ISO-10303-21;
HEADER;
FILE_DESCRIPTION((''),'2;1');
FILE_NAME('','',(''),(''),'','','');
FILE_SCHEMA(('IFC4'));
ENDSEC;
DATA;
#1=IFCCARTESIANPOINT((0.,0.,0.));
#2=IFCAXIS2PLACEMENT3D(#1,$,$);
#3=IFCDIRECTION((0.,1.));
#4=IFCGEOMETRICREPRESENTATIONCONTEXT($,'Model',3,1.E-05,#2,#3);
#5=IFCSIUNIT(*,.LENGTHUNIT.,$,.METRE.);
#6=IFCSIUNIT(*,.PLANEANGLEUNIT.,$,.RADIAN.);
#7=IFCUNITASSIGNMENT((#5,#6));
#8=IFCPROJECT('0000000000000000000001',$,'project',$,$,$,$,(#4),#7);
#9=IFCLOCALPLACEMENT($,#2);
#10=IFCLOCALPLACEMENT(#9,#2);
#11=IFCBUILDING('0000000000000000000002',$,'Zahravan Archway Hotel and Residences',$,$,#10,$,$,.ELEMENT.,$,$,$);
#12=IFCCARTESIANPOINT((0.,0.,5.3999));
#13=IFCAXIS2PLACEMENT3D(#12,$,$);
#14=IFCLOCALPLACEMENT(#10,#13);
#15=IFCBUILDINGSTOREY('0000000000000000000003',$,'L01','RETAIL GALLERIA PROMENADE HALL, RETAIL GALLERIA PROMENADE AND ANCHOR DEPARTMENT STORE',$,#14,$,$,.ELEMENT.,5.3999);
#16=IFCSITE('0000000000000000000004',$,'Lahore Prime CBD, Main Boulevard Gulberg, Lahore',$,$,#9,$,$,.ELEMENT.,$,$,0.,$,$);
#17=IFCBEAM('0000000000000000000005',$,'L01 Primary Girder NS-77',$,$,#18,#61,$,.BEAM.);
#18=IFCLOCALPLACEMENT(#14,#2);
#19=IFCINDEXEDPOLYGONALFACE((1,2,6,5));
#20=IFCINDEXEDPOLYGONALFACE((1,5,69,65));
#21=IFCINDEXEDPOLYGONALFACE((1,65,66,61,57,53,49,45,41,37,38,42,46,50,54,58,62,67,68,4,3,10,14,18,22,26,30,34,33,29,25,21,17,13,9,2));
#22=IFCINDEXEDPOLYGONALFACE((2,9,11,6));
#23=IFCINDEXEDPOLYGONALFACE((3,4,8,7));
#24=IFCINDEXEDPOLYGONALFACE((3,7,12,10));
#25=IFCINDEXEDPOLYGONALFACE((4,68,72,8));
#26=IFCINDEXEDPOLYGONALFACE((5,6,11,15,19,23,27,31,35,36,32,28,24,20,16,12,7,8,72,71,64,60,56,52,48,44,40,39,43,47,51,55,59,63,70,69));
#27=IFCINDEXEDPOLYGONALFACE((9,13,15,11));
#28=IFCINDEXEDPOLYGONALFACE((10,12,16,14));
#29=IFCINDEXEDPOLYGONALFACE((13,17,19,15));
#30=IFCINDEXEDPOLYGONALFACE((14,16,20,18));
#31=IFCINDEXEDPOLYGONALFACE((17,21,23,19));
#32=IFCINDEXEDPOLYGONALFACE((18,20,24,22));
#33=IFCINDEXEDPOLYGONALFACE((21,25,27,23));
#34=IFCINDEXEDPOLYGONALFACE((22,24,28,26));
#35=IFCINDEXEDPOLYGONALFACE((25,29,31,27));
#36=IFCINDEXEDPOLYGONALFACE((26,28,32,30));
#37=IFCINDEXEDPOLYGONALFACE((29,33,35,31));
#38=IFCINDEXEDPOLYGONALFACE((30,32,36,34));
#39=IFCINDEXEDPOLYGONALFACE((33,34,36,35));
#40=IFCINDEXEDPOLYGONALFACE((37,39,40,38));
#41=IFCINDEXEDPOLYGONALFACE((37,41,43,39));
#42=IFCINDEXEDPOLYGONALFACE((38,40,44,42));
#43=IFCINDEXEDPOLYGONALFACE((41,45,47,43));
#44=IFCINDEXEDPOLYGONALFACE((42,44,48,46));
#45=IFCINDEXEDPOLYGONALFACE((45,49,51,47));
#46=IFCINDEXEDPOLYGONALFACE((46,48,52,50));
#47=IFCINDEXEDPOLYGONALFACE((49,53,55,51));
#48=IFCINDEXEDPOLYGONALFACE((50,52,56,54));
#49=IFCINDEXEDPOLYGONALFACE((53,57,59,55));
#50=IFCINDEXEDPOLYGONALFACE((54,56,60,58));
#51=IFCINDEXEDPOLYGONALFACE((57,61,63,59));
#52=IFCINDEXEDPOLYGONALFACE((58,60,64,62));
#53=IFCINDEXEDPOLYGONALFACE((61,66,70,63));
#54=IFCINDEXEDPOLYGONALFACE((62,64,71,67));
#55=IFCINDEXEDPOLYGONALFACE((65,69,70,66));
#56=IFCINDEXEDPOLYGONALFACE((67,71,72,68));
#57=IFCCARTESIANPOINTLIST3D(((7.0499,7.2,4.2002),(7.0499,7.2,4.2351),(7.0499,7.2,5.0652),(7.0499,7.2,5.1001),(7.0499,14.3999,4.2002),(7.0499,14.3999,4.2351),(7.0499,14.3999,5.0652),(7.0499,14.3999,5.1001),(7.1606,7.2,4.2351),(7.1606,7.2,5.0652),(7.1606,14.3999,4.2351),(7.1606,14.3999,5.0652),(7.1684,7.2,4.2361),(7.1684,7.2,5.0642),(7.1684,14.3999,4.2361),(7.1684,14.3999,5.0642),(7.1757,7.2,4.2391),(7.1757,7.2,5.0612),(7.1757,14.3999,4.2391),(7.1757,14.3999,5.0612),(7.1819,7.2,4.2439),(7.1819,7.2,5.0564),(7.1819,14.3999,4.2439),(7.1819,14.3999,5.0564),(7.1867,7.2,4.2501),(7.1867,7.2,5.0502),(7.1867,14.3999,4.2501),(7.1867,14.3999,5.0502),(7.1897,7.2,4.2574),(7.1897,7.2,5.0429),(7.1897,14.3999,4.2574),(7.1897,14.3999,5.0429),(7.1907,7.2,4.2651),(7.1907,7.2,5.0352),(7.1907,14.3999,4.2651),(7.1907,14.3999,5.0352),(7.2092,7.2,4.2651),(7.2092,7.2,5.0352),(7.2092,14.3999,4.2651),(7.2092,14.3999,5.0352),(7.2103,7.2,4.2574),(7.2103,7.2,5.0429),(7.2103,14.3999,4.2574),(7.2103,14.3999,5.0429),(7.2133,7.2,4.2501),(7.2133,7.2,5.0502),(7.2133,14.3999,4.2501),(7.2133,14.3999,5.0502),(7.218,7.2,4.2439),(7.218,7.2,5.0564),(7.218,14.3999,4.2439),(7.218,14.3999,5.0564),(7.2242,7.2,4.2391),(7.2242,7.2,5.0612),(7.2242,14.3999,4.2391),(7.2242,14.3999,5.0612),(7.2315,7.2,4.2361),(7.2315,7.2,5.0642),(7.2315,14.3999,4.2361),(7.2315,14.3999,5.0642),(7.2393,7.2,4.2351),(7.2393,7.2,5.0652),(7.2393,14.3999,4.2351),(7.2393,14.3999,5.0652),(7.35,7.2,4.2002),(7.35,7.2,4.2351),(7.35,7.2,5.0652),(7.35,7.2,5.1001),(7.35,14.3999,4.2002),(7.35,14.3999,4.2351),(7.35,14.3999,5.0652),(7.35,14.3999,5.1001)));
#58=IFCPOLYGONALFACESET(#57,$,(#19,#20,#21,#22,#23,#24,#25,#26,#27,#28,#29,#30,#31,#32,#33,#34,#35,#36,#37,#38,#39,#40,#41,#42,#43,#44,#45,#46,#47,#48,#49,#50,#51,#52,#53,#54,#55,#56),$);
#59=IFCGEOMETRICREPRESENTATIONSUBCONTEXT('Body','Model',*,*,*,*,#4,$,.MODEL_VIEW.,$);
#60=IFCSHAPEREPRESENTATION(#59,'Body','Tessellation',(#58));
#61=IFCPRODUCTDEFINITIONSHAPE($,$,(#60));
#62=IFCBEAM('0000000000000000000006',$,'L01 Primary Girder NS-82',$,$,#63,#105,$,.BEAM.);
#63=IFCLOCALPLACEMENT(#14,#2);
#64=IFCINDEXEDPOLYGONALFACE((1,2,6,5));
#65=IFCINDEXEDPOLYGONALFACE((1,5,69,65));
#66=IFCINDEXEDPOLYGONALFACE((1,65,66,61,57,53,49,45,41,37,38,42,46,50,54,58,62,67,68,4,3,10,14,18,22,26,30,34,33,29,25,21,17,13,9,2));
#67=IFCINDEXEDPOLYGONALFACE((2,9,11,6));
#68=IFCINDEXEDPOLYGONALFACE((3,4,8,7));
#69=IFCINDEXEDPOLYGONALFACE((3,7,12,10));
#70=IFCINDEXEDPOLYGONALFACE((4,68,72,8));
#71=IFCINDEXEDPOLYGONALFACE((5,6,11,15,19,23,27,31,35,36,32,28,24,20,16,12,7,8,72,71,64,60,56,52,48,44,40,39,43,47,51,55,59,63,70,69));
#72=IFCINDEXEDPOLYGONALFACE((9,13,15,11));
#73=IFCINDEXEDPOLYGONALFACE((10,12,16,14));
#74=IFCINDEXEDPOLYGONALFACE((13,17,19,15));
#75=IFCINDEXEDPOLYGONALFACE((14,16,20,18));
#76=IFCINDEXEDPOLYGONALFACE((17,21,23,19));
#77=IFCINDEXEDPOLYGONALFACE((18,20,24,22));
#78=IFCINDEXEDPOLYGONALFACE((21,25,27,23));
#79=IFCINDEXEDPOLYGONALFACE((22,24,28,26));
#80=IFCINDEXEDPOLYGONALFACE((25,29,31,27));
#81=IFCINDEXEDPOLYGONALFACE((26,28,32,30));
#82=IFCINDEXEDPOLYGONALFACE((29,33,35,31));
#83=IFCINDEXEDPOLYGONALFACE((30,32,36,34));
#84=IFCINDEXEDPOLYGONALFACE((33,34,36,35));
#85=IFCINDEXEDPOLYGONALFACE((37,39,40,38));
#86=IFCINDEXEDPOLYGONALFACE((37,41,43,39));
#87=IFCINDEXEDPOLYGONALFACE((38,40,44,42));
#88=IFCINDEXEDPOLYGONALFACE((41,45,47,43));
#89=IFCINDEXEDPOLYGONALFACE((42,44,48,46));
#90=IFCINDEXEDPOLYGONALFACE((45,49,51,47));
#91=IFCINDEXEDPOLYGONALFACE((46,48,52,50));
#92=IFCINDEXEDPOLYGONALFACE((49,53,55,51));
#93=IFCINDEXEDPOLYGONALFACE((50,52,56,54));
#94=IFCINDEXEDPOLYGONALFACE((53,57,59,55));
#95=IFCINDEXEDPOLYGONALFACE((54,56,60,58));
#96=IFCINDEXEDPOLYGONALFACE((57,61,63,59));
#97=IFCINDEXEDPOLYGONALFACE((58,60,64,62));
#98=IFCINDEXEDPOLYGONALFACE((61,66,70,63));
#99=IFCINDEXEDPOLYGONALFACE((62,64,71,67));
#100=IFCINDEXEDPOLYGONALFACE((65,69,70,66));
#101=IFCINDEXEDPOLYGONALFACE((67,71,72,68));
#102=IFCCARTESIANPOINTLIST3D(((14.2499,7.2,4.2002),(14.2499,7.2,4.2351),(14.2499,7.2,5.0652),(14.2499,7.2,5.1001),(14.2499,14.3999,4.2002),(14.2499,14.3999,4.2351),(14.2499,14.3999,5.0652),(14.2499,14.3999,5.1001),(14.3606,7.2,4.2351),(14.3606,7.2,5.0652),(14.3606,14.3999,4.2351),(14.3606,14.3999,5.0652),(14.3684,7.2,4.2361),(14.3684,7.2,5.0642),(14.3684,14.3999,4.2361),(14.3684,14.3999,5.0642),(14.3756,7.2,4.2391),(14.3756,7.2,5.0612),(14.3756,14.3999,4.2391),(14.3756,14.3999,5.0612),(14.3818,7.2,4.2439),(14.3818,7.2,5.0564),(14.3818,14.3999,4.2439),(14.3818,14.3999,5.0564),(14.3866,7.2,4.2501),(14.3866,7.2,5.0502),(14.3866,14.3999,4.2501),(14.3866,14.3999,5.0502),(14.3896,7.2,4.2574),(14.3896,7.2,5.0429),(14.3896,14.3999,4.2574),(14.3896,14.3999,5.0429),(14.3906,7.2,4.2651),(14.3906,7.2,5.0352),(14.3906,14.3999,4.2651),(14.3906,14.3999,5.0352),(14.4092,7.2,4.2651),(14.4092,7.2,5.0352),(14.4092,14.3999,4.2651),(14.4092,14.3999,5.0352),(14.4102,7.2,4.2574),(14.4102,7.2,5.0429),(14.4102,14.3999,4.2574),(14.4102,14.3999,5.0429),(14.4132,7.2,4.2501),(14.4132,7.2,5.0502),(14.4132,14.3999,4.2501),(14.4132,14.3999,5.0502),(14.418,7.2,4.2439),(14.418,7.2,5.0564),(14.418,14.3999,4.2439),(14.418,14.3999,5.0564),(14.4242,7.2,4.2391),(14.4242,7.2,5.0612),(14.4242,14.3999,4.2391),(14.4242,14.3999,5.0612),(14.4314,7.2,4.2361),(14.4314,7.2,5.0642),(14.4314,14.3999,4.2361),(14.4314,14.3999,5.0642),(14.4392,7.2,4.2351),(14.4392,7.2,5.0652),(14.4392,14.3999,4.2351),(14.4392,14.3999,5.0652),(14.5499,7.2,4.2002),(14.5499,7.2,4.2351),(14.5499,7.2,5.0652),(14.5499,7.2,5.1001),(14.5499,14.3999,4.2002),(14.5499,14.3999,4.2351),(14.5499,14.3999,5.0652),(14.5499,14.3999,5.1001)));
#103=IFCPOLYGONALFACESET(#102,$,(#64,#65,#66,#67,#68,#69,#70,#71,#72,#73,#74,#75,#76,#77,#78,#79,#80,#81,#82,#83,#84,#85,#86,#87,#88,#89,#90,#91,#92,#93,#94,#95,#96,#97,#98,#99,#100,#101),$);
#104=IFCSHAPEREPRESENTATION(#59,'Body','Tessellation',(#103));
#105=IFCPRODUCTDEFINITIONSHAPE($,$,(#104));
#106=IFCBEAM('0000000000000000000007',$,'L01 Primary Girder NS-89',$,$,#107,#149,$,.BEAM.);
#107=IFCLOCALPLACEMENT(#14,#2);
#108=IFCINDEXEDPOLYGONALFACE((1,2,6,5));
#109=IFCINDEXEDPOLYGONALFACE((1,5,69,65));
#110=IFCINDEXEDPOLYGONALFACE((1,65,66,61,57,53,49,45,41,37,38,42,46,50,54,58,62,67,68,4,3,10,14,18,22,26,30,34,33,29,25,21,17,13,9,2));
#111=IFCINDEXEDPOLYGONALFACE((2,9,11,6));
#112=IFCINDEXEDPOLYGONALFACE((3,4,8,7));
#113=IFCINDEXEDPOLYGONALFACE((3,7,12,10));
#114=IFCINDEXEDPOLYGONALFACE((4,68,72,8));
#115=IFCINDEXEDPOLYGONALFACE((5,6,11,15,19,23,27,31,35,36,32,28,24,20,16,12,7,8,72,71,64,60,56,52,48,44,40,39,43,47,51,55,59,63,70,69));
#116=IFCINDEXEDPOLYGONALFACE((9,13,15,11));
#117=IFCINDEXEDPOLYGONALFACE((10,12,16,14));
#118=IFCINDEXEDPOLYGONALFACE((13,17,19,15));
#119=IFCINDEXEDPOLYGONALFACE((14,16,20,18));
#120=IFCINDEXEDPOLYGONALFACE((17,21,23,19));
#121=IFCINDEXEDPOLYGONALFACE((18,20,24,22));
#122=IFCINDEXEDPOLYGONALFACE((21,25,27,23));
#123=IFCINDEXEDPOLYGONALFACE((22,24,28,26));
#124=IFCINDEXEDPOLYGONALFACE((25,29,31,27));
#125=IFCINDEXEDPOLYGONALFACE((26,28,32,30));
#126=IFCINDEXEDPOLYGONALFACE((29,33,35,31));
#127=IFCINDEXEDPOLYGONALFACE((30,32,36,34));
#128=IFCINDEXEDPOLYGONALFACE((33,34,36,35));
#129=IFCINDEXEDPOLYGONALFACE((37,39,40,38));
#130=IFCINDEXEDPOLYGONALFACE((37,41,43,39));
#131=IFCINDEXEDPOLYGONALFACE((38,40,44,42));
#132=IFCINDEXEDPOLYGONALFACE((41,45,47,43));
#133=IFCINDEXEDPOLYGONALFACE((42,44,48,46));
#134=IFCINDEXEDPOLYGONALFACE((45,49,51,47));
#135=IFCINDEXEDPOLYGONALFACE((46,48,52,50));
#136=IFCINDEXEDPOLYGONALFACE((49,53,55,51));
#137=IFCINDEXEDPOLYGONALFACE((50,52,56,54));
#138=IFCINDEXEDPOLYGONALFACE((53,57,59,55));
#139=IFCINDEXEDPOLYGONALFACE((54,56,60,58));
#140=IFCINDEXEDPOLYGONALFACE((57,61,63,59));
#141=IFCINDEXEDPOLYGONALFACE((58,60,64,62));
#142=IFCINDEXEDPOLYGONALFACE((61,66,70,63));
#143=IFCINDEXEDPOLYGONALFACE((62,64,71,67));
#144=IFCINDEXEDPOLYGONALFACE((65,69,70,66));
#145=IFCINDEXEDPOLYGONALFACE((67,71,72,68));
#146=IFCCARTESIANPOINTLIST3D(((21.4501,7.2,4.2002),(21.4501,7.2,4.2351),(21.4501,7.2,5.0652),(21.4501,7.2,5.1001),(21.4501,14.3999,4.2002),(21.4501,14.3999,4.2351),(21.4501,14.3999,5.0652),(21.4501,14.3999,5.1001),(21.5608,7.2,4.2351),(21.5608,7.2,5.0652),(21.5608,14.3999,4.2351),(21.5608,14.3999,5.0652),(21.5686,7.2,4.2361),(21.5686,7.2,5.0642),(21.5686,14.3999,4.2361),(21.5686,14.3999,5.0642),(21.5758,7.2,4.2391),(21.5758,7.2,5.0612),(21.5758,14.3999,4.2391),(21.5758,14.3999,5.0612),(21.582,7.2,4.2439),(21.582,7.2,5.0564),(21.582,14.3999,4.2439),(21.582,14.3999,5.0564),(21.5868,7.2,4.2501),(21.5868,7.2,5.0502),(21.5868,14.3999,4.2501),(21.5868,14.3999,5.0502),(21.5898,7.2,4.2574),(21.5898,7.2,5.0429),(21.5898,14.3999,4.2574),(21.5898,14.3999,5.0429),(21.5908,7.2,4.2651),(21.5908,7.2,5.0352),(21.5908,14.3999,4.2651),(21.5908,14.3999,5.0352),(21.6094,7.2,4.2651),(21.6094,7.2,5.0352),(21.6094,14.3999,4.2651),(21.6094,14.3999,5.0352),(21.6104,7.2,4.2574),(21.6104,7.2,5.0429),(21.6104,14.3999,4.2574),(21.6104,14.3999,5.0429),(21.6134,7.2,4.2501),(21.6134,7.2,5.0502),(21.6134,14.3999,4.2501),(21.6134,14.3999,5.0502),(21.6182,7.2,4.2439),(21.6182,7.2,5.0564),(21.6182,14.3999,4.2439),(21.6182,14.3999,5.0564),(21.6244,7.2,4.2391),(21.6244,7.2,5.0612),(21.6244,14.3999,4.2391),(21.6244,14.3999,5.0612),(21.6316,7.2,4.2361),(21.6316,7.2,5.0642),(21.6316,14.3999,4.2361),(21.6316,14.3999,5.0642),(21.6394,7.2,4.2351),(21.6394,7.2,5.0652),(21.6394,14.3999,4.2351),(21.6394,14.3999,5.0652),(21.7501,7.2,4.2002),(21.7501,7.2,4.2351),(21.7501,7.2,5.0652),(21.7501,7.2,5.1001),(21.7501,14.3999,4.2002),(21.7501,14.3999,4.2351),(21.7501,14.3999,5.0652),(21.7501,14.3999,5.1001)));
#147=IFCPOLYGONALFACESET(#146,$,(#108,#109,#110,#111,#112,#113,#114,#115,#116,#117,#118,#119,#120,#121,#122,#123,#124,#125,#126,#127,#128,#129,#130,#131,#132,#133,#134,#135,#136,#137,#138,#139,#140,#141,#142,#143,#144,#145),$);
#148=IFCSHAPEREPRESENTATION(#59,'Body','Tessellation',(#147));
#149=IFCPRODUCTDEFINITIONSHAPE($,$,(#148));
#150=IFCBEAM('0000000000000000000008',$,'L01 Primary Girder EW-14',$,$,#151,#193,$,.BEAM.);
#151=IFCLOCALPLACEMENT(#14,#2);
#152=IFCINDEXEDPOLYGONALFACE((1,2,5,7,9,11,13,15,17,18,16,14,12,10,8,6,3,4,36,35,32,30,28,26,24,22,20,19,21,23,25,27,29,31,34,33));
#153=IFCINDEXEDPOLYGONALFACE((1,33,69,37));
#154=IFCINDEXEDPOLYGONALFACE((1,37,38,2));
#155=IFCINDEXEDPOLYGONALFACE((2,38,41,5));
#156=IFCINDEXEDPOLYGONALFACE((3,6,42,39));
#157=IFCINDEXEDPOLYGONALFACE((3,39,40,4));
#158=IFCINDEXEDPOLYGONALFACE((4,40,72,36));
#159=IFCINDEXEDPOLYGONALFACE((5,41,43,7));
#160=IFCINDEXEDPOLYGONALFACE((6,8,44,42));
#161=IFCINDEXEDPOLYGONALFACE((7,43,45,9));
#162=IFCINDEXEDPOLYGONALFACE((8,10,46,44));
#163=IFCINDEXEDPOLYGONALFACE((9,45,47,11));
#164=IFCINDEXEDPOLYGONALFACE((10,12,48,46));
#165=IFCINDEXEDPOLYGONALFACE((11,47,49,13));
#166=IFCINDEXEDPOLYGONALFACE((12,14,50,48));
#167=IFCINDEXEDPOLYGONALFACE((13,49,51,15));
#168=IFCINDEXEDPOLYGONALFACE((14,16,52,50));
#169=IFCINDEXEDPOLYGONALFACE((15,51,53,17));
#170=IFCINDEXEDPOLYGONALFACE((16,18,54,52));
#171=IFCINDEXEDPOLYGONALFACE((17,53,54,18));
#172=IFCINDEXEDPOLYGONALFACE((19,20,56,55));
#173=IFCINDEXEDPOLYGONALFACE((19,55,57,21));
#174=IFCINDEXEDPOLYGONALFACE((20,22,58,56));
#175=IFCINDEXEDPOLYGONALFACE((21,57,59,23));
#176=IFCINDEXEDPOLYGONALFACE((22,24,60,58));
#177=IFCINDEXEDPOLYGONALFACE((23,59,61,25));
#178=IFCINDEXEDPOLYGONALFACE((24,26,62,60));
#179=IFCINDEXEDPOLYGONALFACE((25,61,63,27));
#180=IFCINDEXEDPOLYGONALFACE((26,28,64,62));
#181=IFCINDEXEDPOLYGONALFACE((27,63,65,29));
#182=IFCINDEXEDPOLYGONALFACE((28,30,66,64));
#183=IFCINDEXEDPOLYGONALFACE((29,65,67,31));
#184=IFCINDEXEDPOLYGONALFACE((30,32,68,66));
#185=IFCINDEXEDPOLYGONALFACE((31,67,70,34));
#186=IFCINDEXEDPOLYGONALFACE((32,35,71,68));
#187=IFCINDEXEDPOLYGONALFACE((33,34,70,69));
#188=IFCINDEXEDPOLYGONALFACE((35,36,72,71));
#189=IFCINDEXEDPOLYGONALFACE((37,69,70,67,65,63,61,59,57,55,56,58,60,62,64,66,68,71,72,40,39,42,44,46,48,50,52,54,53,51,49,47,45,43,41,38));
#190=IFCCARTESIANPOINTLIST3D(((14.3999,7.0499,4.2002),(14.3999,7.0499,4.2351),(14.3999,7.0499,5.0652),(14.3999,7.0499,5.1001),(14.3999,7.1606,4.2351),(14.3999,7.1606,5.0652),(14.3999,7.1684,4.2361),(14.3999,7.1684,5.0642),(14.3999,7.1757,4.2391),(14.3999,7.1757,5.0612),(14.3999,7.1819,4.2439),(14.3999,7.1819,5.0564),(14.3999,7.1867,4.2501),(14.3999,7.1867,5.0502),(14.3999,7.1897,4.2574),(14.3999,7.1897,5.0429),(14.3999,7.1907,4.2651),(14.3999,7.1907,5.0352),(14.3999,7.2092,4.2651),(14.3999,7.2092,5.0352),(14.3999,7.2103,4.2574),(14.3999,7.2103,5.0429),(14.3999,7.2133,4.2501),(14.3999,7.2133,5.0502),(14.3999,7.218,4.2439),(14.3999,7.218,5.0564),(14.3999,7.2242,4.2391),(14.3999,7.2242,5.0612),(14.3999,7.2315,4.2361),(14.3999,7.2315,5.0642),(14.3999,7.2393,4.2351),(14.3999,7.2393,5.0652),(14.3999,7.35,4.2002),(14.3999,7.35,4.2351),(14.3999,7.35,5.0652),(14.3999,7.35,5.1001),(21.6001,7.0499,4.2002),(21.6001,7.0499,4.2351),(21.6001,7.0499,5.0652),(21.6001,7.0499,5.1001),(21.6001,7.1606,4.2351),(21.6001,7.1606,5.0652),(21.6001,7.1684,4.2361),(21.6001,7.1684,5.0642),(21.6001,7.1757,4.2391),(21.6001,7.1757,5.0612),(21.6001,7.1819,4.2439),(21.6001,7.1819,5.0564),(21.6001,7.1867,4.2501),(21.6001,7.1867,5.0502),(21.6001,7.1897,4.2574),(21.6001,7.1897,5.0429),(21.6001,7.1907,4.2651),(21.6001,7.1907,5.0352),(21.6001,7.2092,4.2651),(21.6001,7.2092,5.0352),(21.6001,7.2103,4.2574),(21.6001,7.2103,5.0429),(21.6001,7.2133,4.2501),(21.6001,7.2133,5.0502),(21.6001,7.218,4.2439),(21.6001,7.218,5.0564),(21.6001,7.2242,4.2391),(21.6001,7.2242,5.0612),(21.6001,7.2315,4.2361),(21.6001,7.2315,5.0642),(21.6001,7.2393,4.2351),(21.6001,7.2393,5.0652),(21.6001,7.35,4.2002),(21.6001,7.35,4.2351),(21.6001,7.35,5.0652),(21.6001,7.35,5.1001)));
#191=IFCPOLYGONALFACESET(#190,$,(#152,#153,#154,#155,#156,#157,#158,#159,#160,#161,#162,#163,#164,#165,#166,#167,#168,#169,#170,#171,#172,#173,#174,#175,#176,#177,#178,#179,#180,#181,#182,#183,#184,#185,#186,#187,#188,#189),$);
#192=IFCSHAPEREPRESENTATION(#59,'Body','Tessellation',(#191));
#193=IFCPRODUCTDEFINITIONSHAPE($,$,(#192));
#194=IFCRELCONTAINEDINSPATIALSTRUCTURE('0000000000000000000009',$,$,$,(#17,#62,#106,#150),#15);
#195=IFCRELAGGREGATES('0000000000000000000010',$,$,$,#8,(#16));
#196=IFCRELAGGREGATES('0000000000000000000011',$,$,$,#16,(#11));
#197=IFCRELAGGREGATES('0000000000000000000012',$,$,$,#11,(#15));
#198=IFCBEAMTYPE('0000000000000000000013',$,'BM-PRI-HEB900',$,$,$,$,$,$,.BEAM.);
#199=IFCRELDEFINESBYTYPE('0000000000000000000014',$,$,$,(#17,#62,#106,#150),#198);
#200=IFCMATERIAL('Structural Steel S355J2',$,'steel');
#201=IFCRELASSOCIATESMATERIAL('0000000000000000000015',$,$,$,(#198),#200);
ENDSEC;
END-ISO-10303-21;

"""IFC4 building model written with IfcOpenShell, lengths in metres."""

from ifc_helpers import new_model, si_unit, direction, frame, origin, origin_2d, place, context, subcontext, project, spatial, i_section, extrude, source, transform, mapped, material, material_profile, profile_set, type_object, element, save


model = new_model("IFC4")

# Units and contexts
model_context = context("Model", 3, precision=1e-05, world=origin(), true_north=direction((0.0, 1.0)))
body_context = subcontext(model_context, "Body", "Model", "MODEL_VIEW")
ifc_project = project(units=[si_unit("LENGTHUNIT", "METRE"), si_unit("PLANEANGLEUNIT", "RADIAN")], contexts=[model_context])

# Site, building, storey
site_placement = place(None, origin())
site = spatial("IfcSite", under=ifc_project, at=site_placement, Name="Lahore Prime CBD, Main Boulevard Gulberg, Lahore", CompositionType="ELEMENT", RefElevation=0.0)
building_placement = place(site_placement, origin())
building = spatial("IfcBuilding", under=site, at=building_placement, Name="Zahravan Archway Hotel and Residences", CompositionType="ELEMENT")
storey_placement = place(building_placement, frame((0.0, 0.0, 5.3999)))
storey = spatial("IfcBuildingStorey", under=building, at=storey_placement, Name="L01", Description="RETAIL GALLERIA PROMENADE HALL, RETAIL GALLERIA PROMENADE AND ANCHOR DEPARTMENT STORE", CompositionType="ELEMENT", Elevation=5.3999)

# Beams
ifc_material_1 = material(Name="Structural Steel S355J2", Category="steel")
ifc_material_profile_1 = material_profile(ifc_material_1, i_section(OverallWidth=0.3, OverallDepth=0.8999, WebThickness=0.0186, FlangeThickness=0.0349, FilletRadius=0.03, at=origin_2d()), Name="HEB 900", Category="steel")
ifc_profile_set_1 = profile_set([ifc_material_profile_1], Name="Structural Steel S355J2")
beam_type_1 = type_object("IfcBeamType", Name="BM-PRI-HEB900", PredefinedType="BEAM", material=ifc_profile_set_1)
shared_shape_1 = source(origin(), body_context, "Body", "SweptSolid", [
    extrude(i_section(OverallWidth=0.3, OverallDepth=0.8999, WebThickness=0.0186, FlangeThickness=0.0349, FilletRadius=0.03, at=origin_2d()), origin(), (0.0, 0.0, 1.0), 7.2),
])
for number, where, z_axis, x_axis, name in (
    (1, (7.2, 7.2, 4.6501), (0.0, 1.0, 0.0), (-1.0, 0.0, 0.0), "L01 Primary Girder NS-77"),
    (2, (14.3999, 7.2, 4.6501), (0.0, 1.0, 0.0), (-1.0, 0.0, 0.0), "L01 Primary Girder NS-82"),
    (3, (21.6001, 7.2, 4.6501), (0.0, 1.0, 0.0), (-1.0, 0.0, 0.0), "L01 Primary Girder NS-89"),
):
    element("IfcBeam", number, at=place(storey_placement, frame(where, z_axis=z_axis, x_axis=x_axis)), inside=storey, type_object=beam_type_1, Name=name, PredefinedType="BEAM", context=body_context, shape_type="MappedRepresentation", body=[
        mapped(shared_shape_1, transform((0.0, 0.0, 0.0), scale=1.0)),
    ])
shared_shape_2 = source(origin(), body_context, "Body", "SweptSolid", [
    extrude(i_section(OverallWidth=0.3, OverallDepth=0.8999, WebThickness=0.0186, FlangeThickness=0.0349, FilletRadius=0.03, at=origin_2d()), origin(), (0.0, 0.0, 1.0), 7.2002),
])
for number, where, z_axis, x_axis, name in (
    (4, (14.3999, 7.2, 4.6501), (1.0, 0.0, 0.0), (0.0, 1.0, 0.0), "L01 Primary Girder EW-14"),
):
    element("IfcBeam", number, at=place(storey_placement, frame(where, z_axis=z_axis, x_axis=x_axis)), inside=storey, type_object=beam_type_1, Name=name, PredefinedType="BEAM", context=body_context, shape_type="MappedRepresentation", body=[
        mapped(shared_shape_2, transform((0.0, 0.0, 0.0), scale=1.0)),
    ])

save(model, "model.ifc")
